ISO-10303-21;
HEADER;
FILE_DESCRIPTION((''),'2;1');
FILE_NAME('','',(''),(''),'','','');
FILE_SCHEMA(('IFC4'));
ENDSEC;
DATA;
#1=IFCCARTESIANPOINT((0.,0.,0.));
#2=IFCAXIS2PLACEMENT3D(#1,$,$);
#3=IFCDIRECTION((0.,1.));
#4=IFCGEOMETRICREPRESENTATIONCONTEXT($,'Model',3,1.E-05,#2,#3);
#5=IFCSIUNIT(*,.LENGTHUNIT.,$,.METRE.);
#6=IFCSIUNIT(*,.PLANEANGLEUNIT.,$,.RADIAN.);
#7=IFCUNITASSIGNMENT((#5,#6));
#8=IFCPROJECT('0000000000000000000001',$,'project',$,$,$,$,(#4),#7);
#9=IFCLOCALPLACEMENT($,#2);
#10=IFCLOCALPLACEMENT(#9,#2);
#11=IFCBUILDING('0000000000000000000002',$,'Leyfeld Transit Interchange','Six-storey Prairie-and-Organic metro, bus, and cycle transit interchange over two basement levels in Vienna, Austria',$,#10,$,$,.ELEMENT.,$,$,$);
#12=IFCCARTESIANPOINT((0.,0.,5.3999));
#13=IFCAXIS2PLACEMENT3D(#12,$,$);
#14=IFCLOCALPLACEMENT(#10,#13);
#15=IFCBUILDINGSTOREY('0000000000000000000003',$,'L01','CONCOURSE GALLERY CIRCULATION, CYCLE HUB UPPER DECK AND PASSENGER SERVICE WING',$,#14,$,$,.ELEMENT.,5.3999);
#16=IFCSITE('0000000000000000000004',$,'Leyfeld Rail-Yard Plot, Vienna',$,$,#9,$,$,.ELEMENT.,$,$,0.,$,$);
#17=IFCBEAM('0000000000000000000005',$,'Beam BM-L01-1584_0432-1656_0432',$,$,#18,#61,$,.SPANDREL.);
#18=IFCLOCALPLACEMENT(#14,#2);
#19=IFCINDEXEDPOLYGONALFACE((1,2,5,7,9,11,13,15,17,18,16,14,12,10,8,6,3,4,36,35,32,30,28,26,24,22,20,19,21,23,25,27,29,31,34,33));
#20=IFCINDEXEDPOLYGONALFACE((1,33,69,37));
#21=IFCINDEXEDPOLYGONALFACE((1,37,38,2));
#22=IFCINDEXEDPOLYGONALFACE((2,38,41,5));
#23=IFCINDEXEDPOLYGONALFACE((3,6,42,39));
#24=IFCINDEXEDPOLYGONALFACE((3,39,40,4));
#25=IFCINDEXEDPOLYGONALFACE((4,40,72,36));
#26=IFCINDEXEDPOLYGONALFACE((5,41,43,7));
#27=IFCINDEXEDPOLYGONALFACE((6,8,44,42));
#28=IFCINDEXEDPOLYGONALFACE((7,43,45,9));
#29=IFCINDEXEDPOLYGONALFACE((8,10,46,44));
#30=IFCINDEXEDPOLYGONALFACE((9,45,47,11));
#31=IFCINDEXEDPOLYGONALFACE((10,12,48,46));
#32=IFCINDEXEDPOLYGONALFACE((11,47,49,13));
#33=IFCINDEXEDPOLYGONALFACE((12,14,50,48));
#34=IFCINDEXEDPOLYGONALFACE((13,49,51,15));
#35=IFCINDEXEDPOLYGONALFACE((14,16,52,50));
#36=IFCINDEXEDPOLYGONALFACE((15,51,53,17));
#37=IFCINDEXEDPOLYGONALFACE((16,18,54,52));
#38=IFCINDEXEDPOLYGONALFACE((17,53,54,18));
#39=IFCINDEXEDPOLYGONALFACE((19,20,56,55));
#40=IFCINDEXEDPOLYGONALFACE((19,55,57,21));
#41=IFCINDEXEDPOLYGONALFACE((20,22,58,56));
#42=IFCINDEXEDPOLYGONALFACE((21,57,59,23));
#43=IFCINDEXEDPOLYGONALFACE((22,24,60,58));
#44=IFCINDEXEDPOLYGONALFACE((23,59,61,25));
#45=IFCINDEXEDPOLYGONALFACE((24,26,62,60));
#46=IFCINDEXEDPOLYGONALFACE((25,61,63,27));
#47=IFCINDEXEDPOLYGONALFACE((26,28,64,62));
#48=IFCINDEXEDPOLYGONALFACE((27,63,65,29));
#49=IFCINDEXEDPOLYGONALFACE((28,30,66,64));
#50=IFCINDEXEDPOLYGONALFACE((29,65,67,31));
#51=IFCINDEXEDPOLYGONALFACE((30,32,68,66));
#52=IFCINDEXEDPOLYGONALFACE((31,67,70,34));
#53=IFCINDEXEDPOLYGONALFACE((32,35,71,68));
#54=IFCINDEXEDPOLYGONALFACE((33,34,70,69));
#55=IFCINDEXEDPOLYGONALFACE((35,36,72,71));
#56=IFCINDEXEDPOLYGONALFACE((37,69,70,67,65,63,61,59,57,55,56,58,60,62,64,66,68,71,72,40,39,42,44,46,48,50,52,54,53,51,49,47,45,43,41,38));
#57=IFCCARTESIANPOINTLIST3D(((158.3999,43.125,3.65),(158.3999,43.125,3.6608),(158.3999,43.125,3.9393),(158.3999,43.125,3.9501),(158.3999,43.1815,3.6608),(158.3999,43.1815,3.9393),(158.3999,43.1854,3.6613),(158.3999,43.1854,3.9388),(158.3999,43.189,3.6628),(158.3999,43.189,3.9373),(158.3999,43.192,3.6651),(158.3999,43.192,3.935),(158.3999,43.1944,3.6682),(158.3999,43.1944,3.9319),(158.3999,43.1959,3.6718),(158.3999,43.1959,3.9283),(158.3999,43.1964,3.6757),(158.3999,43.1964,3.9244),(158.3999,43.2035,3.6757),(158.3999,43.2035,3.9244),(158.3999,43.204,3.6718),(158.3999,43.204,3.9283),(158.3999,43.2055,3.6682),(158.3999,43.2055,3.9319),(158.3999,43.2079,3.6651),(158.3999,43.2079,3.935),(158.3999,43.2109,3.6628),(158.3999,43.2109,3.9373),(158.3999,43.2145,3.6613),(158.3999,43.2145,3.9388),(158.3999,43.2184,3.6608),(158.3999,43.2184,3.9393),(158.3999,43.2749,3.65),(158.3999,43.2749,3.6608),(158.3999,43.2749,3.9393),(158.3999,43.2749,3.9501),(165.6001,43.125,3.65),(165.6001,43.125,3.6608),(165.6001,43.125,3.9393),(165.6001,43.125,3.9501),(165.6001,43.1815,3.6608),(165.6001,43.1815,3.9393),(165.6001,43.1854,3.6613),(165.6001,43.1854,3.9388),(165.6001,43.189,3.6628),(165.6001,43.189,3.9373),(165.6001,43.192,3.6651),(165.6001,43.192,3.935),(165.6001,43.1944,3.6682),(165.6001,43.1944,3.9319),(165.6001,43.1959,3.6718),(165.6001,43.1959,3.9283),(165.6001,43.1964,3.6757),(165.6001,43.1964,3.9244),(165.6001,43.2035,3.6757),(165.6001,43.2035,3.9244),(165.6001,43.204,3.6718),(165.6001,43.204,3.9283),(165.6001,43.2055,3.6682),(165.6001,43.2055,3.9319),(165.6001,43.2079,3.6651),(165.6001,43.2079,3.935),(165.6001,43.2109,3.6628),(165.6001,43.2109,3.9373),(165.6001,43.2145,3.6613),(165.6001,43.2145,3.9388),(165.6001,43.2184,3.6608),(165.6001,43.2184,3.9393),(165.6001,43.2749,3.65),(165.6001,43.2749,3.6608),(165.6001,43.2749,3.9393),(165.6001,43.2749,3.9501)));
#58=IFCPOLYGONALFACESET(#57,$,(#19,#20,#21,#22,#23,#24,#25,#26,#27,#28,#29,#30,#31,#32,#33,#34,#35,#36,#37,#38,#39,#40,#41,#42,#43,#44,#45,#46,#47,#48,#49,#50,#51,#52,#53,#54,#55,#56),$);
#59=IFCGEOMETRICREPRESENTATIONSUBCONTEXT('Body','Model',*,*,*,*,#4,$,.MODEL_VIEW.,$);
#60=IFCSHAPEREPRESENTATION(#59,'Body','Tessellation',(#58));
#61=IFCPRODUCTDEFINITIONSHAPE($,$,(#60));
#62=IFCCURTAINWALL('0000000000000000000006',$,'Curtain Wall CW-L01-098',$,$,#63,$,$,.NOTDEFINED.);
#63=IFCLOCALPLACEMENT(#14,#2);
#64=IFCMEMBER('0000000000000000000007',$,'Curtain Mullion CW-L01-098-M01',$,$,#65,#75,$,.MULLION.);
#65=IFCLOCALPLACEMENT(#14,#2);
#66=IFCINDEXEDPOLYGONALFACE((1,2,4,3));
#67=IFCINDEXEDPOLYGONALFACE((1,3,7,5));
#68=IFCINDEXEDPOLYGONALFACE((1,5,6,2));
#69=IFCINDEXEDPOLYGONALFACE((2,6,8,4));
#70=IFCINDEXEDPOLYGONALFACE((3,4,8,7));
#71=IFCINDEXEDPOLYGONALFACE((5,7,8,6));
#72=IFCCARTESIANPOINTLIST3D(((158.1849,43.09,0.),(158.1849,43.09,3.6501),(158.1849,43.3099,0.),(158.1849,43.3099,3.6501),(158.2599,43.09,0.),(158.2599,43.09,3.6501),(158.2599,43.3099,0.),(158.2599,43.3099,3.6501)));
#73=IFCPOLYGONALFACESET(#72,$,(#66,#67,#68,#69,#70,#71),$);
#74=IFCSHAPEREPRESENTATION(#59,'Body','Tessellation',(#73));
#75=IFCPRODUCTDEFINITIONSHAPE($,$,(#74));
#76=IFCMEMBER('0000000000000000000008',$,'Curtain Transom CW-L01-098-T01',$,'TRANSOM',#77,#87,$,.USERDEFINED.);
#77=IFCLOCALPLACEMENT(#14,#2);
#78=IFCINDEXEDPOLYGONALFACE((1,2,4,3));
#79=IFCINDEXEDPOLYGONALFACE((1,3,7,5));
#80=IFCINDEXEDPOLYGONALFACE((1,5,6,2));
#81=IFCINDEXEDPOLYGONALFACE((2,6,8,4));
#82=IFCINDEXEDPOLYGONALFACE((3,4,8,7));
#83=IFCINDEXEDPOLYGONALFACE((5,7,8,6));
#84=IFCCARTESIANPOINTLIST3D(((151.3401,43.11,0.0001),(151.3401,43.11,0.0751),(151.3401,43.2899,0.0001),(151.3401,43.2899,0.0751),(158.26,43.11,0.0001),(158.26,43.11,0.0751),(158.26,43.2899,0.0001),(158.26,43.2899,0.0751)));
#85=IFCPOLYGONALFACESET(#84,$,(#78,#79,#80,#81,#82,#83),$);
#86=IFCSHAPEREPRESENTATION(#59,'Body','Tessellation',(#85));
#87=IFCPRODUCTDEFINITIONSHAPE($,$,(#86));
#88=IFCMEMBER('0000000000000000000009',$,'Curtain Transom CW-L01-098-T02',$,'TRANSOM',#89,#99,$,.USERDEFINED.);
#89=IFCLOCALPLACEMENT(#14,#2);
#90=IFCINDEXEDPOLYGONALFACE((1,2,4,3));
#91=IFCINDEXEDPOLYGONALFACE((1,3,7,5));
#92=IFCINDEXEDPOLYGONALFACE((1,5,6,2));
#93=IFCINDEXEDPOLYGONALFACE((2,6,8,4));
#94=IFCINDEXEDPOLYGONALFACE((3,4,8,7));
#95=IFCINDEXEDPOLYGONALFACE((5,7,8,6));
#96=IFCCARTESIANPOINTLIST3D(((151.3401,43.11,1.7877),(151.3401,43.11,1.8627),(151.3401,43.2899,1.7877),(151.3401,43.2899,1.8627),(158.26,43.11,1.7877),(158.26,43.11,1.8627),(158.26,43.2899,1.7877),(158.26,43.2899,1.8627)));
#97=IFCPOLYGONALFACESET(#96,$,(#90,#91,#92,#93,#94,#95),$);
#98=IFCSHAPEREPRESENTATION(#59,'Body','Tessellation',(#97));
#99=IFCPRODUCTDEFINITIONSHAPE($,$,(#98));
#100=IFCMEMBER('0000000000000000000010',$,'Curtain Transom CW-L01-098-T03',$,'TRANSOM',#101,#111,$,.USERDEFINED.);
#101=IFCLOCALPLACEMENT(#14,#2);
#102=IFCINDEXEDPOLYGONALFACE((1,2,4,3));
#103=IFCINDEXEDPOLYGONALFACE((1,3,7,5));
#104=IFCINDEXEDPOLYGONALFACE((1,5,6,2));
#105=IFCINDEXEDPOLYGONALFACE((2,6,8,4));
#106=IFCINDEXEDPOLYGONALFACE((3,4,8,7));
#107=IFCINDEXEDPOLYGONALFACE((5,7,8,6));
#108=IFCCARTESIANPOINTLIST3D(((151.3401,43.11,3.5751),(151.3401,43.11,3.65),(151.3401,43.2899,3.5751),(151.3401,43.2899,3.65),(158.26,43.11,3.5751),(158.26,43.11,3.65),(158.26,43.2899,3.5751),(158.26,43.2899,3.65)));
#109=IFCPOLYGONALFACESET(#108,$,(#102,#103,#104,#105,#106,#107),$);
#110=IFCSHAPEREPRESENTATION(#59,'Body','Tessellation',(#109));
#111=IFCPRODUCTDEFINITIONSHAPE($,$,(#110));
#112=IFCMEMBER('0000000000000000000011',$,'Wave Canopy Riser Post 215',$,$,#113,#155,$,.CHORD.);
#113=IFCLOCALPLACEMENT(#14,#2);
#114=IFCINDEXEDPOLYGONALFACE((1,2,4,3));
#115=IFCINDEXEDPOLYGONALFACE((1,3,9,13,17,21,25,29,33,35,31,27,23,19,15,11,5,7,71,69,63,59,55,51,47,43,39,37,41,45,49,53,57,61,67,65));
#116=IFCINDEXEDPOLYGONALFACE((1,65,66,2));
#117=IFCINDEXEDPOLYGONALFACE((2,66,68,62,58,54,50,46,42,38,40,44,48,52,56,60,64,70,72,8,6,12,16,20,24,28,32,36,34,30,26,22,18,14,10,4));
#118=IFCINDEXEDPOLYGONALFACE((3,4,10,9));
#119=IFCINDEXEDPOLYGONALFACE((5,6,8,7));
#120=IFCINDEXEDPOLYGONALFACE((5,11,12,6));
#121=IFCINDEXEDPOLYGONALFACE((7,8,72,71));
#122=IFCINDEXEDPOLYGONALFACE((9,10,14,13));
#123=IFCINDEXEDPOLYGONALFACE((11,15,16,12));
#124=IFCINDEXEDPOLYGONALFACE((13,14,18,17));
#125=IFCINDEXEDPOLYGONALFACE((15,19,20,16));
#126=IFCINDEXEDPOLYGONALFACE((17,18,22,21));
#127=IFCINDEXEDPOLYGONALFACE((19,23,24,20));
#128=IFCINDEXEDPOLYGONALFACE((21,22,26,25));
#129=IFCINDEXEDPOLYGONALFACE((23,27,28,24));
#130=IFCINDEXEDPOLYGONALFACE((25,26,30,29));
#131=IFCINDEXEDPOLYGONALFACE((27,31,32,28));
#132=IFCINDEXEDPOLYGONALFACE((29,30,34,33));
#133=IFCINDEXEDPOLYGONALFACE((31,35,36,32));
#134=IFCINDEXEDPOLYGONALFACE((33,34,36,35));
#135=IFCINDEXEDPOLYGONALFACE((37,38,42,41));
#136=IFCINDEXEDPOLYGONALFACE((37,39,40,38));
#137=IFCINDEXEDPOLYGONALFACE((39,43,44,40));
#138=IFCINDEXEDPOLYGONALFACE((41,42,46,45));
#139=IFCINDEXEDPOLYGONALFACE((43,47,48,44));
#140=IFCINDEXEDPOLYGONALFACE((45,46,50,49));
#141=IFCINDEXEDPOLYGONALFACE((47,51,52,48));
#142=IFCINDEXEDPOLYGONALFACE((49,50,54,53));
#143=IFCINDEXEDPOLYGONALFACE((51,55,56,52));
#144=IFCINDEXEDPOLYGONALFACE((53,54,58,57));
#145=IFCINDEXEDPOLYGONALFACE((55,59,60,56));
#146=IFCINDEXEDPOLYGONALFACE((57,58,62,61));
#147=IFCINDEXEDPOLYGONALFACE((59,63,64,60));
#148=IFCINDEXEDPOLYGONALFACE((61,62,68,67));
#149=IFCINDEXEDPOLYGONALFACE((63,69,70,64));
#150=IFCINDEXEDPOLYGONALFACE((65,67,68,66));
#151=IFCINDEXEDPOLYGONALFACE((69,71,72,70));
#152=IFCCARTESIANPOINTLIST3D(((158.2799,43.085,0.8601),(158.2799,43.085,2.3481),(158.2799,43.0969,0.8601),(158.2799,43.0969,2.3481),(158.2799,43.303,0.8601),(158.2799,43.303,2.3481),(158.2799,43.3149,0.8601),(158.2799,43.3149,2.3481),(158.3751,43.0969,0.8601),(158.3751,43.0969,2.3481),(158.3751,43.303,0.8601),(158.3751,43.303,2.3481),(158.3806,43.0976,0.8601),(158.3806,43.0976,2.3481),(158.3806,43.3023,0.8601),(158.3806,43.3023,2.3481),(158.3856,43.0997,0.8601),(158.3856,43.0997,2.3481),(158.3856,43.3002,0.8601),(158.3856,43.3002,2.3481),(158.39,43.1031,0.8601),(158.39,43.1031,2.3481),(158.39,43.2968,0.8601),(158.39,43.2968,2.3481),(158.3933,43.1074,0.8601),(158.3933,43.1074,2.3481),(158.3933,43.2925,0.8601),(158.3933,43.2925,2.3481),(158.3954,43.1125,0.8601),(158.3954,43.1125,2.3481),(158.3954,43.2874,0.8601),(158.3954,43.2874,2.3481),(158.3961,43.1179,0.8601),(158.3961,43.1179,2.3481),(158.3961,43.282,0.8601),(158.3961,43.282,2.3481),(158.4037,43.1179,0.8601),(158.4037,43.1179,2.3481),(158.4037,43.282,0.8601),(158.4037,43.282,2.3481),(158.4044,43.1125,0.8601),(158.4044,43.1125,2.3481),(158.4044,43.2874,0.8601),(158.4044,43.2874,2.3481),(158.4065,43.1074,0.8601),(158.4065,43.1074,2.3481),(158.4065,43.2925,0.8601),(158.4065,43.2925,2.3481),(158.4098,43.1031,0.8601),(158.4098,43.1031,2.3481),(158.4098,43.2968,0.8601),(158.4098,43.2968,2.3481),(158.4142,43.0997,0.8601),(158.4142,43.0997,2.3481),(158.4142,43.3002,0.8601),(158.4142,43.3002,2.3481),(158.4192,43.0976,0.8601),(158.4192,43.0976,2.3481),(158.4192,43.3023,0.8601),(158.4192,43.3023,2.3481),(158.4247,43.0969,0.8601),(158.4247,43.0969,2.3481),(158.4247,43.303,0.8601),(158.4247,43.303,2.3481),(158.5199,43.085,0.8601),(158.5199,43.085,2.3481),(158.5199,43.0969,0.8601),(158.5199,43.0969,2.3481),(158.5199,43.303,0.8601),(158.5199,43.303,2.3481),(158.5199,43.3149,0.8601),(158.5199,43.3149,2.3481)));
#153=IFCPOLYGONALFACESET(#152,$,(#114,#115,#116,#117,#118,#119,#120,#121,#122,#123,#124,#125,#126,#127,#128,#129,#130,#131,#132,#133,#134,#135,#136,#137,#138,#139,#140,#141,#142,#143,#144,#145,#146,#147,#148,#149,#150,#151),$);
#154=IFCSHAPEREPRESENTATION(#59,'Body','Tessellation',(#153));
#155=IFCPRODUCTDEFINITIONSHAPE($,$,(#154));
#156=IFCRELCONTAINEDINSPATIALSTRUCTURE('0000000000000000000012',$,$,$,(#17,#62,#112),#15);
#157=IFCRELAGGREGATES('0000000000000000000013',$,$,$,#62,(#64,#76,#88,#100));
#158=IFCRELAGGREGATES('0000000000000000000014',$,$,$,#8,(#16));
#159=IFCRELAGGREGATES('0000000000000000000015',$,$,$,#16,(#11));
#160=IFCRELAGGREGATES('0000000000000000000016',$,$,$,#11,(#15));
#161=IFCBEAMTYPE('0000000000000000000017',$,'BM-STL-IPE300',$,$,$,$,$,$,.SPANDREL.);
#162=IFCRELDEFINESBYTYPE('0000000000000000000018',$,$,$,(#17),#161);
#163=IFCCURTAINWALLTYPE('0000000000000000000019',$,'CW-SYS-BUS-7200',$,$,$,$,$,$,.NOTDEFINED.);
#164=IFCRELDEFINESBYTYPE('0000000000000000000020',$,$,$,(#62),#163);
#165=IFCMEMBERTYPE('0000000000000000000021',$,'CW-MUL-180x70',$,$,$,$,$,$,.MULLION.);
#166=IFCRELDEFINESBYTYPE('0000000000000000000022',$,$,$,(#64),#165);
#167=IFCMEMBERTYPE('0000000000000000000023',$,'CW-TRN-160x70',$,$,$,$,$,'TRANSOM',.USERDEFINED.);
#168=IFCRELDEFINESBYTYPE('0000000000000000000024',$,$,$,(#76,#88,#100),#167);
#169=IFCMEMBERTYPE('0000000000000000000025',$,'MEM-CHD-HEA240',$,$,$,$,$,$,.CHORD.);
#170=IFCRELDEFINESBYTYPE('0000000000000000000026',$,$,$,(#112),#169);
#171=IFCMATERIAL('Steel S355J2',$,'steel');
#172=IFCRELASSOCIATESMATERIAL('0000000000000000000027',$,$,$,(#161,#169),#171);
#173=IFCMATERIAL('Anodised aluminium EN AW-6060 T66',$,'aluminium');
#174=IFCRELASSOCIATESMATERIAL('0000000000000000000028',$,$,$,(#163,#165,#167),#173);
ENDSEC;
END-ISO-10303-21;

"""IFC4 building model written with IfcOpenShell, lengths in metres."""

from ifc_helpers import new_model, si_unit, direction, frame, origin, origin_2d, place, context, subcontext, project, spatial, rectangle, i_section, extrude, material, material_profile, profile_set, type_object, element, aggregate, save


model = new_model("IFC4")

# Units and contexts
model_context = context("Model", 3, precision=1e-05, world=origin(), true_north=direction((0.0, 1.0)))
body_context = subcontext(model_context, "Body", "Model", "MODEL_VIEW")
ifc_project = project(units=[si_unit("LENGTHUNIT", "METRE"), si_unit("PLANEANGLEUNIT", "RADIAN")], contexts=[model_context])

# Site, building, storey
site_placement = place(None, origin())
site = spatial("IfcSite", under=ifc_project, at=site_placement, Name="Leyfeld Rail-Yard Plot, Vienna", CompositionType="ELEMENT", RefElevation=0.0)
building_placement = place(site_placement, origin())
building = spatial("IfcBuilding", under=site, at=building_placement, Name="Leyfeld Transit Interchange", Description="Six-storey Prairie-and-Organic metro, bus, and cycle transit interchange over two basement levels in Vienna, Austria", CompositionType="ELEMENT")
storey_placement = place(building_placement, frame((0.0, 0.0, 5.3999)))
storey = spatial("IfcBuildingStorey", under=building, at=storey_placement, Name="L01", Description="CONCOURSE GALLERY CIRCULATION, CYCLE HUB UPPER DECK AND PASSENGER SERVICE WING", CompositionType="ELEMENT", Elevation=5.3999)

# Shared definitions
ifc_material_1 = material(Name="Steel S355J2", Category="steel")

# Beam
ifc_material_profile_1 = material_profile(ifc_material_1, i_section(OverallWidth=0.1499, OverallDepth=0.3, WebThickness=0.0071, FlangeThickness=0.0107, FilletRadius=0.0149, at=origin_2d()), Name="IPE 300")
ifc_profile_set_1 = profile_set([ifc_material_profile_1], Name="Steel S355J2")
beam_type_1 = type_object("IfcBeamType", Name="BM-STL-IPE300", PredefinedType="SPANDREL", material=ifc_profile_set_1)
beam_1_placement = place(storey_placement, frame((158.3999, 43.2, 3.8), z_axis=(1.0, 0.0, 0.0), x_axis=(0.0, 1.0, 0.0)))
element("IfcBeam", 1, at=beam_1_placement, inside=storey, type_object=beam_type_1, Name="Beam BM-L01-1584_0432-1656_0432", PredefinedType="SPANDREL", context=body_context, shape_type="SweptSolid", body=[
    extrude(i_section(OverallWidth=0.1499, OverallDepth=0.3, WebThickness=0.0071, FlangeThickness=0.0107, FilletRadius=0.0149, at=origin_2d()), origin(), (0.0, 0.0, 1.0), 7.2002),
])

# Curtain wall, members
ifc_material_2 = material(Name="Anodised aluminium EN AW-6060 T66", Category="aluminium")
curtain_wall_type = type_object("IfcCurtainWallType", Name="CW-SYS-BUS-7200", PredefinedType="NOTDEFINED", material=ifc_material_2)
curtain_wall_placement = place(storey_placement, origin())
curtain_wall = element("IfcCurtainWall", 2, at=curtain_wall_placement, inside=storey, type_object=curtain_wall_type, Name="Curtain Wall CW-L01-098", PredefinedType="NOTDEFINED")
ifc_material_profile_2 = material_profile(ifc_material_2, rectangle(XDim=0.075, YDim=0.22, at=origin_2d()), Name="CW-M 75x220")
ifc_profile_set_2 = profile_set([ifc_material_profile_2], Name="Anodised aluminium EN AW-6060 T66")
member_type_1 = type_object("IfcMemberType", Name="CW-MUL-180x70", PredefinedType="MULLION", material=ifc_profile_set_2)
member_1_placement = place(storey_placement, frame((158.2224, 43.2, 0.0), z_axis=(0.0, 0.0, 1.0), x_axis=(-1.0, 0.0, 0.0)))
member_1 = element("IfcMember", 3, at=member_1_placement, type_object=member_type_1, Name="Curtain Mullion CW-L01-098-M01", PredefinedType="MULLION", context=body_context, shape_type="SweptSolid", body=[
    extrude(rectangle(XDim=0.075, YDim=0.22, at=origin_2d()), origin(), (0.0, 0.0, 1.0), 3.6501),
])
ifc_material_profile_3 = material_profile(ifc_material_2, rectangle(XDim=0.1799, YDim=0.075, at=origin_2d()), Name="CW-TRN-160x70")
ifc_profile_set_3 = profile_set([ifc_material_profile_3], Name="Anodised aluminium EN AW-6060 T66")
member_type_2 = type_object("IfcMemberType", Name="CW-TRN-160x70", ElementType="TRANSOM", PredefinedType="USERDEFINED", material=ifc_profile_set_3)
member_2_placement = place(storey_placement, frame((158.26, 43.2, 0.0376), z_axis=(-1.0, 0.0, 0.0), x_axis=(0.0, -1.0, 0.0)))
member_2 = element("IfcMember", 4, at=member_2_placement, type_object=member_type_2, Name="Curtain Transom CW-L01-098-T01", ObjectType="TRANSOM", PredefinedType="USERDEFINED", context=body_context, shape_type="SweptSolid", body=[
    extrude(rectangle(XDim=0.1799, YDim=0.075, at=origin_2d()), origin(), (0.0, 0.0, 1.0), 6.9199),
])
member_3_placement = place(storey_placement, frame((158.26, 43.2, 1.8252), z_axis=(-1.0, 0.0, 0.0), x_axis=(0.0, -1.0, 0.0)))
member_3 = element("IfcMember", 5, at=member_3_placement, type_object=member_type_2, Name="Curtain Transom CW-L01-098-T02", ObjectType="TRANSOM", PredefinedType="USERDEFINED", context=body_context, shape_type="SweptSolid", body=[
    extrude(rectangle(XDim=0.1799, YDim=0.075, at=origin_2d()), origin(), (0.0, 0.0, 1.0), 6.9199),
])
member_4_placement = place(storey_placement, frame((158.26, 43.2, 3.6125), z_axis=(-1.0, 0.0, 0.0), x_axis=(0.0, -1.0, 0.0)))
member_4 = element("IfcMember", 6, at=member_4_placement, type_object=member_type_2, Name="Curtain Transom CW-L01-098-T03", ObjectType="TRANSOM", PredefinedType="USERDEFINED", context=body_context, shape_type="SweptSolid", body=[
    extrude(rectangle(XDim=0.1799, YDim=0.075, at=origin_2d()), origin(), (0.0, 0.0, 1.0), 6.9199),
])

# Member
ifc_material_profile_4 = material_profile(ifc_material_1, i_section(OverallWidth=0.24, OverallDepth=0.23, WebThickness=0.0076, FlangeThickness=0.012, FilletRadius=0.021, at=origin_2d()), Name="HEA 240")
ifc_profile_set_4 = profile_set([ifc_material_profile_4], Name="Steel S355J2")
member_type_3 = type_object("IfcMemberType", Name="MEM-CHD-HEA240", PredefinedType="CHORD", material=ifc_profile_set_4)
member_5_placement = place(storey_placement, frame((158.3999, 43.2, 0.8601), z_axis=(0.0, 0.0, 1.0), x_axis=(1.0, 0.0, 0.0)))
element("IfcMember", 7, at=member_5_placement, inside=storey, type_object=member_type_3, Name="Wave Canopy Riser Post 215", PredefinedType="CHORD", context=body_context, shape_type="SweptSolid", body=[
    extrude(i_section(OverallWidth=0.24, OverallDepth=0.23, WebThickness=0.0076, FlangeThickness=0.012, FilletRadius=0.021, at=origin_2d()), origin(), (0.0, 0.0, 1.0), 1.488),
])

aggregate(curtain_wall, [member_1, member_2, member_3, member_4])

save(model, "model.ifc")
